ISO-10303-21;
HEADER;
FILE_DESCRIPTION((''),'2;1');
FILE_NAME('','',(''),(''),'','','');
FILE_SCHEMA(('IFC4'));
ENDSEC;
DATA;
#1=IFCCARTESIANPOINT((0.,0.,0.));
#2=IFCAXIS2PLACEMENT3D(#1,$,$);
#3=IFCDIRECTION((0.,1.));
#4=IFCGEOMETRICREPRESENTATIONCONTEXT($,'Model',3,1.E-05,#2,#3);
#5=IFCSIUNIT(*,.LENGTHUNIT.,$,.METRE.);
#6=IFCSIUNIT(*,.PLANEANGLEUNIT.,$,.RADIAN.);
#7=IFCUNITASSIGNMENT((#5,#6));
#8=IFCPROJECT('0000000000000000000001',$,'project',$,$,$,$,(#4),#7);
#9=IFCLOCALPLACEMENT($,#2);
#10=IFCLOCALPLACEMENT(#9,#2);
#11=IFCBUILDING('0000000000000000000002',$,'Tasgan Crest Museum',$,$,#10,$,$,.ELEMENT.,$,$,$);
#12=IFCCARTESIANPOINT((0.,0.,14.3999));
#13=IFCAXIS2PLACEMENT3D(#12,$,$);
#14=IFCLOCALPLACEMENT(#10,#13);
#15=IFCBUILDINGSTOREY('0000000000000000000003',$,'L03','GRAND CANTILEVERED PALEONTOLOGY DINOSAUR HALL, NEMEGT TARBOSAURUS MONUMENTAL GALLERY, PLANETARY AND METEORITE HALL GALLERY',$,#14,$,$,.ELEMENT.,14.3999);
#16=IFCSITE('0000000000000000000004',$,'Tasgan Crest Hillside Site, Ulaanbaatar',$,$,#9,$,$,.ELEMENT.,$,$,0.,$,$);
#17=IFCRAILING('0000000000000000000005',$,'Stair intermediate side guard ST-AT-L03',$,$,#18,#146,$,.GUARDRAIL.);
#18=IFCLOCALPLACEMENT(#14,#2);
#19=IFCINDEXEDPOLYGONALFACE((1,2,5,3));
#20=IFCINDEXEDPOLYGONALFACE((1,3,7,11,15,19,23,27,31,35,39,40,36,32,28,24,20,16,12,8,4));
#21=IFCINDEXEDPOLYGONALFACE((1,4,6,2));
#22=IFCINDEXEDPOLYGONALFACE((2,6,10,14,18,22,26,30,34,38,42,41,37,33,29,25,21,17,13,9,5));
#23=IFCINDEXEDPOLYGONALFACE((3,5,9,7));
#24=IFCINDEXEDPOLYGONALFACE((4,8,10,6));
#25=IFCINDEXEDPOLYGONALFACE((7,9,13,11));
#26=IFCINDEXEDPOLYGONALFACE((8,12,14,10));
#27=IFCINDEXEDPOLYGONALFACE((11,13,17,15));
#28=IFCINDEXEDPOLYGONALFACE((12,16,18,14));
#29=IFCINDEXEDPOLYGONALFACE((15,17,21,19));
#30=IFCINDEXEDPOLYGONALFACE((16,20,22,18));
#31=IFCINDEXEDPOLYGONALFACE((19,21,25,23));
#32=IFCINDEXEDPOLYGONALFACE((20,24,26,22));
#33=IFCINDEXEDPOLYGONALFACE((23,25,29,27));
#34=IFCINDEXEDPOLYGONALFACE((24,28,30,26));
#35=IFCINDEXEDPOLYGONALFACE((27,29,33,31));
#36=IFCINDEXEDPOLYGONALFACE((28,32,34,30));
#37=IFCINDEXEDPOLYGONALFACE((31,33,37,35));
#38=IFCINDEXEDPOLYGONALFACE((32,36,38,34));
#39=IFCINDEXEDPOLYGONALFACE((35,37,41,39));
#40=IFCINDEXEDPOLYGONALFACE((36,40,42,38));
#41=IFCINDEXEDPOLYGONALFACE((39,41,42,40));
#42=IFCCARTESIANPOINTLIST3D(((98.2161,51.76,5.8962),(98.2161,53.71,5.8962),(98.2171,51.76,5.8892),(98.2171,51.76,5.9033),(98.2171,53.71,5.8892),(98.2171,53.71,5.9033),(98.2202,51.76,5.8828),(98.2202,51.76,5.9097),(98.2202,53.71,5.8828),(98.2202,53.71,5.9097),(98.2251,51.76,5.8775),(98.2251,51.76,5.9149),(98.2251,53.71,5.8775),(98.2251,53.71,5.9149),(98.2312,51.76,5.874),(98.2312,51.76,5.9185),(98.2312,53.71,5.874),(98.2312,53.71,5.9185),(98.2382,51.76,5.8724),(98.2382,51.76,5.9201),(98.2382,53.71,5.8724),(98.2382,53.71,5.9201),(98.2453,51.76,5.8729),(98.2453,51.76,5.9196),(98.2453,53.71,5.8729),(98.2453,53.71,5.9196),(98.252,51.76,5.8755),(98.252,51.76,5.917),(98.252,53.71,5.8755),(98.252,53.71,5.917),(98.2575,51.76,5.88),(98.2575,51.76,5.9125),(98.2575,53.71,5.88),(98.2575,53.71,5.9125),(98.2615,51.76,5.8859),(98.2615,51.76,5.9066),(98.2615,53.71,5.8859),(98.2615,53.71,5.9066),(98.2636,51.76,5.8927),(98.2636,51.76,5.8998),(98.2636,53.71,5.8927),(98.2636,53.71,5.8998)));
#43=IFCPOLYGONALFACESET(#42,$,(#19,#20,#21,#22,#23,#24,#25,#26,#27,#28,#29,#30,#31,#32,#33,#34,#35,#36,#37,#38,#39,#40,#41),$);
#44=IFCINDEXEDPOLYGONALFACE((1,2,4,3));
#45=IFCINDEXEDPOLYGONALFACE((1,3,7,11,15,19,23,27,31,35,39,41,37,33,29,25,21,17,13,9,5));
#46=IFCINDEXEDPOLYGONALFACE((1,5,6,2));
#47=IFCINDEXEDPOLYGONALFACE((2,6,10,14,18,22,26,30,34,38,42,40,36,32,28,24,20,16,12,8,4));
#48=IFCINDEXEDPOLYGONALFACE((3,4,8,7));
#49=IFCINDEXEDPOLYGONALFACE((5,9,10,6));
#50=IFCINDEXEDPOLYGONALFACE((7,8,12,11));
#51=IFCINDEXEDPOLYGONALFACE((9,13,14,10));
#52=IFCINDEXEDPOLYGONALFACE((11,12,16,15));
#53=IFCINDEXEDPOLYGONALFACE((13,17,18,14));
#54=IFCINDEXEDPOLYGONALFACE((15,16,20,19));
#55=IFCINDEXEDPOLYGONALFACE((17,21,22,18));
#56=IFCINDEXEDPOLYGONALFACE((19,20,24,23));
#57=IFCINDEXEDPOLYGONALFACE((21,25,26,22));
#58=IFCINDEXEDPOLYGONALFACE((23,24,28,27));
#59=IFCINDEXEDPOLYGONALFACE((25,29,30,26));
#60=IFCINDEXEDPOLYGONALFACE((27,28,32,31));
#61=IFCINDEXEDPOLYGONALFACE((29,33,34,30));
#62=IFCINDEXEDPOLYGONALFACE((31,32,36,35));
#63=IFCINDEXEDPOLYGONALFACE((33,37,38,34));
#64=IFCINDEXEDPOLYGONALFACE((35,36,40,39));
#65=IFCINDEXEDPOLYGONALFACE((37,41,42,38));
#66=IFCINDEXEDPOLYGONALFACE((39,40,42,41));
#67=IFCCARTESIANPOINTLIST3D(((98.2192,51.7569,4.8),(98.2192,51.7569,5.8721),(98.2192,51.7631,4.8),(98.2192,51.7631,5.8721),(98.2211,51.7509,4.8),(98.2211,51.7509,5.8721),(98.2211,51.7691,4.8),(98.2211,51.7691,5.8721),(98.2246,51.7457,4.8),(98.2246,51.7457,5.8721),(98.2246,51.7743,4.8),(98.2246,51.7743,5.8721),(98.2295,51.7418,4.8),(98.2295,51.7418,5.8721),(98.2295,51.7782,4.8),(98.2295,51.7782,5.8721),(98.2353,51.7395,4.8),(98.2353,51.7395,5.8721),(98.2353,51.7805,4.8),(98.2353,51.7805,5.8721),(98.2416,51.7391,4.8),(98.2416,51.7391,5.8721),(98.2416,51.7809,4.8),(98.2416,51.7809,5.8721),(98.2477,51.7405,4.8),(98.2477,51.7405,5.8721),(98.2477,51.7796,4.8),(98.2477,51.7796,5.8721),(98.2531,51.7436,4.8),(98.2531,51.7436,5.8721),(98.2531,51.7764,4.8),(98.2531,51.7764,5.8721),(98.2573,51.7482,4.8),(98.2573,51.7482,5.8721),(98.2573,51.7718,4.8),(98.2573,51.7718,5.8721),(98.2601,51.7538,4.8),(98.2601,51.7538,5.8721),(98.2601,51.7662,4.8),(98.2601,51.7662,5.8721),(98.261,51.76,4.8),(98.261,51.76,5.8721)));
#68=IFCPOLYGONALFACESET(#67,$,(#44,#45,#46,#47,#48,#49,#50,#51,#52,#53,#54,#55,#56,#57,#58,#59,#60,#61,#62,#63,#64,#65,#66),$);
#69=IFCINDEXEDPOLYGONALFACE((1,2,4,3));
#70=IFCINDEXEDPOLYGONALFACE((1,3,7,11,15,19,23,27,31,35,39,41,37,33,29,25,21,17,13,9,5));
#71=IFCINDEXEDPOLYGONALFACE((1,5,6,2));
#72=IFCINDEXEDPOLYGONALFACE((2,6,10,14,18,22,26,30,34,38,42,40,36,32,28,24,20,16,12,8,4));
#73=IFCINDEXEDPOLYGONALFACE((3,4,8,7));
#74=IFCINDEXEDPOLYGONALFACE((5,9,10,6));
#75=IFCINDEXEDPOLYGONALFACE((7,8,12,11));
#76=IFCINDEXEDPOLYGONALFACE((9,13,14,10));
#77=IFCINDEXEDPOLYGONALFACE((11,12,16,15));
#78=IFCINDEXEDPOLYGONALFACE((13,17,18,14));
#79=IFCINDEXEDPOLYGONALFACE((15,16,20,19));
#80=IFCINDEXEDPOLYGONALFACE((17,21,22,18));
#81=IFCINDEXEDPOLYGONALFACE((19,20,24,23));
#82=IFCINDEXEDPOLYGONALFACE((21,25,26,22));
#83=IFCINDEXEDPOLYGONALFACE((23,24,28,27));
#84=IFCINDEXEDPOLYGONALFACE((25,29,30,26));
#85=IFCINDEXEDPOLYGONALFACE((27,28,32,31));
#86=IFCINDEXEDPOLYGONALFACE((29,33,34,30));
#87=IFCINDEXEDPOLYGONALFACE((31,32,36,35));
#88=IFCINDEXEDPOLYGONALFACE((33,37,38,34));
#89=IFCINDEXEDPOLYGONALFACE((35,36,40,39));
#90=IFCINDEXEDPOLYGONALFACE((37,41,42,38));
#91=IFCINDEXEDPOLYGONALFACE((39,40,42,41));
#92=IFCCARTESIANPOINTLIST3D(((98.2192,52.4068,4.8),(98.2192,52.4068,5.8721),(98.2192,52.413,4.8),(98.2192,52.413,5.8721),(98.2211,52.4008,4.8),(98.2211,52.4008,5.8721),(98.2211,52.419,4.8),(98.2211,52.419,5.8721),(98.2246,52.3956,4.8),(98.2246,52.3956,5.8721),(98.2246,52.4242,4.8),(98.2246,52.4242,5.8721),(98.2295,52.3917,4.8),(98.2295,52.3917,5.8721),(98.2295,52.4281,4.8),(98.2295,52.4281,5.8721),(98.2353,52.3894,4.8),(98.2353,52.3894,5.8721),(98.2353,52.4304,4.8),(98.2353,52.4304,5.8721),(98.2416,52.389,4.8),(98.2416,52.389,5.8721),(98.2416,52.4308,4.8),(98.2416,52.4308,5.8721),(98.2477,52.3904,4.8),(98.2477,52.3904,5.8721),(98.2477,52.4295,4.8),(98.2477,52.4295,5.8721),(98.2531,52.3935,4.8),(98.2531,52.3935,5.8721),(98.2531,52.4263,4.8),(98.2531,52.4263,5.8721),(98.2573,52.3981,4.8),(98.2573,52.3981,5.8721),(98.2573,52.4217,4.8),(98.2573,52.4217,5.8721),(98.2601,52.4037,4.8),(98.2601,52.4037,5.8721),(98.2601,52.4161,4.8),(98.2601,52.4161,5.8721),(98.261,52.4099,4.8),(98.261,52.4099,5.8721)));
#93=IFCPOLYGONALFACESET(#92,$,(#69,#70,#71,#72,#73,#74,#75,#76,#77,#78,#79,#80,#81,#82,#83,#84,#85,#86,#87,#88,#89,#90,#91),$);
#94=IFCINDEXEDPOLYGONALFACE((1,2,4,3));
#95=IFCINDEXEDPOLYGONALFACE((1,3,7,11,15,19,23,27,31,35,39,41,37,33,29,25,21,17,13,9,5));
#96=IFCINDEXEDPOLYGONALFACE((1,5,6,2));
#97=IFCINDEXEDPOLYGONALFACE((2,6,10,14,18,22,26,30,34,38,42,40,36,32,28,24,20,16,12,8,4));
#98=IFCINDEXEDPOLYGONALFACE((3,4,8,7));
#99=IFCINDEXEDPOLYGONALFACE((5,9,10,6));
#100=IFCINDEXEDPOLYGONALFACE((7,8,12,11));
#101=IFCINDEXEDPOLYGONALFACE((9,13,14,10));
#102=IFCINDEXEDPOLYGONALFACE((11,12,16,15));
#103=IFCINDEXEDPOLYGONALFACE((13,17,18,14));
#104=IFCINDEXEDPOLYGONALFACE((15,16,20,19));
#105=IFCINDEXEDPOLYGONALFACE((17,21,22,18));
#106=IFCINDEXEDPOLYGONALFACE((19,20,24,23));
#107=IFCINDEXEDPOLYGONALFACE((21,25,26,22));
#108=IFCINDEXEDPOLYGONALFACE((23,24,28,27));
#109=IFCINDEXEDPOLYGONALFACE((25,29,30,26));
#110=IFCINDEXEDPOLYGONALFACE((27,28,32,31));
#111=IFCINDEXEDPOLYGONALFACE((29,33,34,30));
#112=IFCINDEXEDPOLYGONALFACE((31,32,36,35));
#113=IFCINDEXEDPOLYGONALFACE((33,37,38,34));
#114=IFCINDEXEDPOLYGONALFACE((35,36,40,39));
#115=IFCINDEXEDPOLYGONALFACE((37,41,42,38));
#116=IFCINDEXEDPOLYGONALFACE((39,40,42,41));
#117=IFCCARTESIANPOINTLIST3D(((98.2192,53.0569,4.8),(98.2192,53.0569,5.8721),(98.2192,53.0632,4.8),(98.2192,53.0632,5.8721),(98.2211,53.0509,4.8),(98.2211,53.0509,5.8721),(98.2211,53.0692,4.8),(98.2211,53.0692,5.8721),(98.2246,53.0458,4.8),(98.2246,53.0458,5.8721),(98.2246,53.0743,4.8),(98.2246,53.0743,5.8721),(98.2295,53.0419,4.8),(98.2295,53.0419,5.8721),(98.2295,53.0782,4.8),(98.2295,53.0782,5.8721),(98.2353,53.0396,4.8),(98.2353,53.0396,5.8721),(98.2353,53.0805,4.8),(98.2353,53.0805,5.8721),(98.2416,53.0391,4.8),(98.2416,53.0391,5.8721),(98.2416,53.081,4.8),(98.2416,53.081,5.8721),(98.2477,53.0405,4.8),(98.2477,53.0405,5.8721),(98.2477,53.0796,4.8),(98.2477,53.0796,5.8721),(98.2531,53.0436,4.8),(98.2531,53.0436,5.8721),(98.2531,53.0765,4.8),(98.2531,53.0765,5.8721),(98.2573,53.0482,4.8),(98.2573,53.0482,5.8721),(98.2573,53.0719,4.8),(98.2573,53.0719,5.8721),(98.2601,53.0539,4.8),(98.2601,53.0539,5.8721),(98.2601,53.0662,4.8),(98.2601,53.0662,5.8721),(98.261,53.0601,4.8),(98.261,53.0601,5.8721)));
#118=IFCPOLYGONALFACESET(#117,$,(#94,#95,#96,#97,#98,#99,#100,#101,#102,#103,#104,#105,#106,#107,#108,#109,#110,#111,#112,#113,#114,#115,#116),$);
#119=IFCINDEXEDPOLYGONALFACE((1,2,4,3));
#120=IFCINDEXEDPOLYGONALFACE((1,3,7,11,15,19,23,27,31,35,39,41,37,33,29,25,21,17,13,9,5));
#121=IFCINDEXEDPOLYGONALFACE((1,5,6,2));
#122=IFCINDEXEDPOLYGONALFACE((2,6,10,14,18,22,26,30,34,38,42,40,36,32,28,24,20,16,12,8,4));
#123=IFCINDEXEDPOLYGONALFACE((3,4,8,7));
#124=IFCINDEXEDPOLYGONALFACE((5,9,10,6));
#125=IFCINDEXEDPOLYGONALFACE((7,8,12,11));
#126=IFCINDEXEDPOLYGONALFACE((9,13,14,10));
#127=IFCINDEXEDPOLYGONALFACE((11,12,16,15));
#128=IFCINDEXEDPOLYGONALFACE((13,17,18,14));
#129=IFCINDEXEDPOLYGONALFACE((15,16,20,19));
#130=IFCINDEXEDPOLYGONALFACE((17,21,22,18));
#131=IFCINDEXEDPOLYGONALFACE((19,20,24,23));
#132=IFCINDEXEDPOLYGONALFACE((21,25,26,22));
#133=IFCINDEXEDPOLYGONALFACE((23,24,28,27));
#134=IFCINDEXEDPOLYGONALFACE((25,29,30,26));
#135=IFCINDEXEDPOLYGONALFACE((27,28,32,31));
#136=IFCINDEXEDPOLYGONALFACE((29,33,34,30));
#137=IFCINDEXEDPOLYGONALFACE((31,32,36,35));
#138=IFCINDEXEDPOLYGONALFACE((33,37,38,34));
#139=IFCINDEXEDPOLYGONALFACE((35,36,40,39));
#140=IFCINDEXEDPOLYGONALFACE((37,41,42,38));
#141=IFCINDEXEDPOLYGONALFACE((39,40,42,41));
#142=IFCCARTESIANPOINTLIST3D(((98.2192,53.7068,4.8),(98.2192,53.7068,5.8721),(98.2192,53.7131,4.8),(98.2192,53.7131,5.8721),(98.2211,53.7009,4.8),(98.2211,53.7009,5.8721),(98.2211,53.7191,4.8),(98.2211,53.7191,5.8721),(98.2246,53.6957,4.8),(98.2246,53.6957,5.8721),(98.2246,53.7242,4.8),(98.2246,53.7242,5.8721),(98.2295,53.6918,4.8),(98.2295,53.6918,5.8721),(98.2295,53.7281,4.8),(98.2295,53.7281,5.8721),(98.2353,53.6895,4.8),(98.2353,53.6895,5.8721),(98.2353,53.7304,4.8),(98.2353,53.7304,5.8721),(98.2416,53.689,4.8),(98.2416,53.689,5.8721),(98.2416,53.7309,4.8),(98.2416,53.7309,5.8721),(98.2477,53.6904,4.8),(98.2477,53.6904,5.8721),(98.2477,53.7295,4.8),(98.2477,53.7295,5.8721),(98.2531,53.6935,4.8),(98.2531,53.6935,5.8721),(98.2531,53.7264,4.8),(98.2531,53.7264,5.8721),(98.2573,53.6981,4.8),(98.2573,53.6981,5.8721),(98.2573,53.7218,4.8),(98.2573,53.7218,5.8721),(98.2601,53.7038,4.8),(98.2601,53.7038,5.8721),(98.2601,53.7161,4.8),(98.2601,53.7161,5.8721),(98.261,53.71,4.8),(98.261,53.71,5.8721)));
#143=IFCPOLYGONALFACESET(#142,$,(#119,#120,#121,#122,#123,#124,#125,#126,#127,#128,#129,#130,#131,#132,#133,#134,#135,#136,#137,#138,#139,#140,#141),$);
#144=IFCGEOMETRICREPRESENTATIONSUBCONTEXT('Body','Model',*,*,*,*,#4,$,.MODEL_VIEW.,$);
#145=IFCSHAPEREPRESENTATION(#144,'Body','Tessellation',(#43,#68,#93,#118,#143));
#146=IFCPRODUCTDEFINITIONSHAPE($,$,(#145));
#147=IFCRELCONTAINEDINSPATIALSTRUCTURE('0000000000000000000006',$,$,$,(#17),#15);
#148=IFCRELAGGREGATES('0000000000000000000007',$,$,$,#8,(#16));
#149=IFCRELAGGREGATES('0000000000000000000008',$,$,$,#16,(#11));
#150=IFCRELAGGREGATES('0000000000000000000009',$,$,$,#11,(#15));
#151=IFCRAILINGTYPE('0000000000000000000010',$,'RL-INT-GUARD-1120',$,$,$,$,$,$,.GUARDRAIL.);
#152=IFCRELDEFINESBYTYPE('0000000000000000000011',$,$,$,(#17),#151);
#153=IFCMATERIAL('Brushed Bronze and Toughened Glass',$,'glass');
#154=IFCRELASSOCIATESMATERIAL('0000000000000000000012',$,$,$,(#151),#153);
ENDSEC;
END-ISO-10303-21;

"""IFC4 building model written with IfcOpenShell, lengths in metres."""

from ifc_helpers import new_model, si_unit, direction, frame, origin, origin_2d, place, context, subcontext, project, spatial, circle, extrude, material, type_object, element, save


model = new_model("IFC4")

# Units and contexts
model_context = context("Model", 3, precision=1e-05, world=origin(), true_north=direction((0.0, 1.0)))
body_context = subcontext(model_context, "Body", "Model", "MODEL_VIEW")
ifc_project = project(units=[si_unit("LENGTHUNIT", "METRE"), si_unit("PLANEANGLEUNIT", "RADIAN")], contexts=[model_context])

# Site, building, storey
site_placement = place(None, origin())
site = spatial("IfcSite", under=ifc_project, at=site_placement, Name="Tasgan Crest Hillside Site, Ulaanbaatar", CompositionType="ELEMENT", RefElevation=0.0)
building_placement = place(site_placement, origin())
building = spatial("IfcBuilding", under=site, at=building_placement, Name="Tasgan Crest Museum", CompositionType="ELEMENT")
storey_placement = place(building_placement, frame((0.0, 0.0, 14.3999)))
storey = spatial("IfcBuildingStorey", under=building, at=storey_placement, Name="L03", Description="GRAND CANTILEVERED PALEONTOLOGY DINOSAUR HALL, NEMEGT TARBOSAURUS MONUMENTAL GALLERY, PLANETARY AND METEORITE HALL GALLERY", CompositionType="ELEMENT", Elevation=14.3999)

# Railing
ifc_material_1 = material(Name="Brushed Bronze and Toughened Glass", Category="glass")
railing_type_1 = type_object("IfcRailingType", Name="RL-INT-GUARD-1120", PredefinedType="GUARDRAIL", material=ifc_material_1)
railing_1_placement = place(storey_placement, frame((98.24, 51.76, 4.8)))
element("IfcRailing", 1, at=railing_1_placement, inside=storey, type_object=railing_type_1, Name="Stair intermediate side guard ST-AT-L03", PredefinedType="GUARDRAIL", context=body_context, shape_type="SweptSolid", body=[
    extrude(circle(Radius=0.0239, at=origin_2d()), frame((0.0, 0.0, 1.0962), z_axis=(0.0, 1.0, 0.0), x_axis=(-1.0, 0.0, 0.0)), (0.0, 0.0, 1.0), 1.95),
    extrude(circle(Radius=0.021, at=origin_2d()), origin(), (0.0, 0.0, 1.0), 1.072),
    extrude(circle(Radius=0.021, at=origin_2d()), frame((0.0, 0.6499, 0.0)), (0.0, 0.0, 1.0), 1.072),
    extrude(circle(Radius=0.021, at=origin_2d()), frame((0.0, 1.3, 0.0)), (0.0, 0.0, 1.0), 1.072),
    extrude(circle(Radius=0.021, at=origin_2d()), frame((0.0, 1.95, 0.0)), (0.0, 0.0, 1.0), 1.072),
])

save(model, "model.ifc")
